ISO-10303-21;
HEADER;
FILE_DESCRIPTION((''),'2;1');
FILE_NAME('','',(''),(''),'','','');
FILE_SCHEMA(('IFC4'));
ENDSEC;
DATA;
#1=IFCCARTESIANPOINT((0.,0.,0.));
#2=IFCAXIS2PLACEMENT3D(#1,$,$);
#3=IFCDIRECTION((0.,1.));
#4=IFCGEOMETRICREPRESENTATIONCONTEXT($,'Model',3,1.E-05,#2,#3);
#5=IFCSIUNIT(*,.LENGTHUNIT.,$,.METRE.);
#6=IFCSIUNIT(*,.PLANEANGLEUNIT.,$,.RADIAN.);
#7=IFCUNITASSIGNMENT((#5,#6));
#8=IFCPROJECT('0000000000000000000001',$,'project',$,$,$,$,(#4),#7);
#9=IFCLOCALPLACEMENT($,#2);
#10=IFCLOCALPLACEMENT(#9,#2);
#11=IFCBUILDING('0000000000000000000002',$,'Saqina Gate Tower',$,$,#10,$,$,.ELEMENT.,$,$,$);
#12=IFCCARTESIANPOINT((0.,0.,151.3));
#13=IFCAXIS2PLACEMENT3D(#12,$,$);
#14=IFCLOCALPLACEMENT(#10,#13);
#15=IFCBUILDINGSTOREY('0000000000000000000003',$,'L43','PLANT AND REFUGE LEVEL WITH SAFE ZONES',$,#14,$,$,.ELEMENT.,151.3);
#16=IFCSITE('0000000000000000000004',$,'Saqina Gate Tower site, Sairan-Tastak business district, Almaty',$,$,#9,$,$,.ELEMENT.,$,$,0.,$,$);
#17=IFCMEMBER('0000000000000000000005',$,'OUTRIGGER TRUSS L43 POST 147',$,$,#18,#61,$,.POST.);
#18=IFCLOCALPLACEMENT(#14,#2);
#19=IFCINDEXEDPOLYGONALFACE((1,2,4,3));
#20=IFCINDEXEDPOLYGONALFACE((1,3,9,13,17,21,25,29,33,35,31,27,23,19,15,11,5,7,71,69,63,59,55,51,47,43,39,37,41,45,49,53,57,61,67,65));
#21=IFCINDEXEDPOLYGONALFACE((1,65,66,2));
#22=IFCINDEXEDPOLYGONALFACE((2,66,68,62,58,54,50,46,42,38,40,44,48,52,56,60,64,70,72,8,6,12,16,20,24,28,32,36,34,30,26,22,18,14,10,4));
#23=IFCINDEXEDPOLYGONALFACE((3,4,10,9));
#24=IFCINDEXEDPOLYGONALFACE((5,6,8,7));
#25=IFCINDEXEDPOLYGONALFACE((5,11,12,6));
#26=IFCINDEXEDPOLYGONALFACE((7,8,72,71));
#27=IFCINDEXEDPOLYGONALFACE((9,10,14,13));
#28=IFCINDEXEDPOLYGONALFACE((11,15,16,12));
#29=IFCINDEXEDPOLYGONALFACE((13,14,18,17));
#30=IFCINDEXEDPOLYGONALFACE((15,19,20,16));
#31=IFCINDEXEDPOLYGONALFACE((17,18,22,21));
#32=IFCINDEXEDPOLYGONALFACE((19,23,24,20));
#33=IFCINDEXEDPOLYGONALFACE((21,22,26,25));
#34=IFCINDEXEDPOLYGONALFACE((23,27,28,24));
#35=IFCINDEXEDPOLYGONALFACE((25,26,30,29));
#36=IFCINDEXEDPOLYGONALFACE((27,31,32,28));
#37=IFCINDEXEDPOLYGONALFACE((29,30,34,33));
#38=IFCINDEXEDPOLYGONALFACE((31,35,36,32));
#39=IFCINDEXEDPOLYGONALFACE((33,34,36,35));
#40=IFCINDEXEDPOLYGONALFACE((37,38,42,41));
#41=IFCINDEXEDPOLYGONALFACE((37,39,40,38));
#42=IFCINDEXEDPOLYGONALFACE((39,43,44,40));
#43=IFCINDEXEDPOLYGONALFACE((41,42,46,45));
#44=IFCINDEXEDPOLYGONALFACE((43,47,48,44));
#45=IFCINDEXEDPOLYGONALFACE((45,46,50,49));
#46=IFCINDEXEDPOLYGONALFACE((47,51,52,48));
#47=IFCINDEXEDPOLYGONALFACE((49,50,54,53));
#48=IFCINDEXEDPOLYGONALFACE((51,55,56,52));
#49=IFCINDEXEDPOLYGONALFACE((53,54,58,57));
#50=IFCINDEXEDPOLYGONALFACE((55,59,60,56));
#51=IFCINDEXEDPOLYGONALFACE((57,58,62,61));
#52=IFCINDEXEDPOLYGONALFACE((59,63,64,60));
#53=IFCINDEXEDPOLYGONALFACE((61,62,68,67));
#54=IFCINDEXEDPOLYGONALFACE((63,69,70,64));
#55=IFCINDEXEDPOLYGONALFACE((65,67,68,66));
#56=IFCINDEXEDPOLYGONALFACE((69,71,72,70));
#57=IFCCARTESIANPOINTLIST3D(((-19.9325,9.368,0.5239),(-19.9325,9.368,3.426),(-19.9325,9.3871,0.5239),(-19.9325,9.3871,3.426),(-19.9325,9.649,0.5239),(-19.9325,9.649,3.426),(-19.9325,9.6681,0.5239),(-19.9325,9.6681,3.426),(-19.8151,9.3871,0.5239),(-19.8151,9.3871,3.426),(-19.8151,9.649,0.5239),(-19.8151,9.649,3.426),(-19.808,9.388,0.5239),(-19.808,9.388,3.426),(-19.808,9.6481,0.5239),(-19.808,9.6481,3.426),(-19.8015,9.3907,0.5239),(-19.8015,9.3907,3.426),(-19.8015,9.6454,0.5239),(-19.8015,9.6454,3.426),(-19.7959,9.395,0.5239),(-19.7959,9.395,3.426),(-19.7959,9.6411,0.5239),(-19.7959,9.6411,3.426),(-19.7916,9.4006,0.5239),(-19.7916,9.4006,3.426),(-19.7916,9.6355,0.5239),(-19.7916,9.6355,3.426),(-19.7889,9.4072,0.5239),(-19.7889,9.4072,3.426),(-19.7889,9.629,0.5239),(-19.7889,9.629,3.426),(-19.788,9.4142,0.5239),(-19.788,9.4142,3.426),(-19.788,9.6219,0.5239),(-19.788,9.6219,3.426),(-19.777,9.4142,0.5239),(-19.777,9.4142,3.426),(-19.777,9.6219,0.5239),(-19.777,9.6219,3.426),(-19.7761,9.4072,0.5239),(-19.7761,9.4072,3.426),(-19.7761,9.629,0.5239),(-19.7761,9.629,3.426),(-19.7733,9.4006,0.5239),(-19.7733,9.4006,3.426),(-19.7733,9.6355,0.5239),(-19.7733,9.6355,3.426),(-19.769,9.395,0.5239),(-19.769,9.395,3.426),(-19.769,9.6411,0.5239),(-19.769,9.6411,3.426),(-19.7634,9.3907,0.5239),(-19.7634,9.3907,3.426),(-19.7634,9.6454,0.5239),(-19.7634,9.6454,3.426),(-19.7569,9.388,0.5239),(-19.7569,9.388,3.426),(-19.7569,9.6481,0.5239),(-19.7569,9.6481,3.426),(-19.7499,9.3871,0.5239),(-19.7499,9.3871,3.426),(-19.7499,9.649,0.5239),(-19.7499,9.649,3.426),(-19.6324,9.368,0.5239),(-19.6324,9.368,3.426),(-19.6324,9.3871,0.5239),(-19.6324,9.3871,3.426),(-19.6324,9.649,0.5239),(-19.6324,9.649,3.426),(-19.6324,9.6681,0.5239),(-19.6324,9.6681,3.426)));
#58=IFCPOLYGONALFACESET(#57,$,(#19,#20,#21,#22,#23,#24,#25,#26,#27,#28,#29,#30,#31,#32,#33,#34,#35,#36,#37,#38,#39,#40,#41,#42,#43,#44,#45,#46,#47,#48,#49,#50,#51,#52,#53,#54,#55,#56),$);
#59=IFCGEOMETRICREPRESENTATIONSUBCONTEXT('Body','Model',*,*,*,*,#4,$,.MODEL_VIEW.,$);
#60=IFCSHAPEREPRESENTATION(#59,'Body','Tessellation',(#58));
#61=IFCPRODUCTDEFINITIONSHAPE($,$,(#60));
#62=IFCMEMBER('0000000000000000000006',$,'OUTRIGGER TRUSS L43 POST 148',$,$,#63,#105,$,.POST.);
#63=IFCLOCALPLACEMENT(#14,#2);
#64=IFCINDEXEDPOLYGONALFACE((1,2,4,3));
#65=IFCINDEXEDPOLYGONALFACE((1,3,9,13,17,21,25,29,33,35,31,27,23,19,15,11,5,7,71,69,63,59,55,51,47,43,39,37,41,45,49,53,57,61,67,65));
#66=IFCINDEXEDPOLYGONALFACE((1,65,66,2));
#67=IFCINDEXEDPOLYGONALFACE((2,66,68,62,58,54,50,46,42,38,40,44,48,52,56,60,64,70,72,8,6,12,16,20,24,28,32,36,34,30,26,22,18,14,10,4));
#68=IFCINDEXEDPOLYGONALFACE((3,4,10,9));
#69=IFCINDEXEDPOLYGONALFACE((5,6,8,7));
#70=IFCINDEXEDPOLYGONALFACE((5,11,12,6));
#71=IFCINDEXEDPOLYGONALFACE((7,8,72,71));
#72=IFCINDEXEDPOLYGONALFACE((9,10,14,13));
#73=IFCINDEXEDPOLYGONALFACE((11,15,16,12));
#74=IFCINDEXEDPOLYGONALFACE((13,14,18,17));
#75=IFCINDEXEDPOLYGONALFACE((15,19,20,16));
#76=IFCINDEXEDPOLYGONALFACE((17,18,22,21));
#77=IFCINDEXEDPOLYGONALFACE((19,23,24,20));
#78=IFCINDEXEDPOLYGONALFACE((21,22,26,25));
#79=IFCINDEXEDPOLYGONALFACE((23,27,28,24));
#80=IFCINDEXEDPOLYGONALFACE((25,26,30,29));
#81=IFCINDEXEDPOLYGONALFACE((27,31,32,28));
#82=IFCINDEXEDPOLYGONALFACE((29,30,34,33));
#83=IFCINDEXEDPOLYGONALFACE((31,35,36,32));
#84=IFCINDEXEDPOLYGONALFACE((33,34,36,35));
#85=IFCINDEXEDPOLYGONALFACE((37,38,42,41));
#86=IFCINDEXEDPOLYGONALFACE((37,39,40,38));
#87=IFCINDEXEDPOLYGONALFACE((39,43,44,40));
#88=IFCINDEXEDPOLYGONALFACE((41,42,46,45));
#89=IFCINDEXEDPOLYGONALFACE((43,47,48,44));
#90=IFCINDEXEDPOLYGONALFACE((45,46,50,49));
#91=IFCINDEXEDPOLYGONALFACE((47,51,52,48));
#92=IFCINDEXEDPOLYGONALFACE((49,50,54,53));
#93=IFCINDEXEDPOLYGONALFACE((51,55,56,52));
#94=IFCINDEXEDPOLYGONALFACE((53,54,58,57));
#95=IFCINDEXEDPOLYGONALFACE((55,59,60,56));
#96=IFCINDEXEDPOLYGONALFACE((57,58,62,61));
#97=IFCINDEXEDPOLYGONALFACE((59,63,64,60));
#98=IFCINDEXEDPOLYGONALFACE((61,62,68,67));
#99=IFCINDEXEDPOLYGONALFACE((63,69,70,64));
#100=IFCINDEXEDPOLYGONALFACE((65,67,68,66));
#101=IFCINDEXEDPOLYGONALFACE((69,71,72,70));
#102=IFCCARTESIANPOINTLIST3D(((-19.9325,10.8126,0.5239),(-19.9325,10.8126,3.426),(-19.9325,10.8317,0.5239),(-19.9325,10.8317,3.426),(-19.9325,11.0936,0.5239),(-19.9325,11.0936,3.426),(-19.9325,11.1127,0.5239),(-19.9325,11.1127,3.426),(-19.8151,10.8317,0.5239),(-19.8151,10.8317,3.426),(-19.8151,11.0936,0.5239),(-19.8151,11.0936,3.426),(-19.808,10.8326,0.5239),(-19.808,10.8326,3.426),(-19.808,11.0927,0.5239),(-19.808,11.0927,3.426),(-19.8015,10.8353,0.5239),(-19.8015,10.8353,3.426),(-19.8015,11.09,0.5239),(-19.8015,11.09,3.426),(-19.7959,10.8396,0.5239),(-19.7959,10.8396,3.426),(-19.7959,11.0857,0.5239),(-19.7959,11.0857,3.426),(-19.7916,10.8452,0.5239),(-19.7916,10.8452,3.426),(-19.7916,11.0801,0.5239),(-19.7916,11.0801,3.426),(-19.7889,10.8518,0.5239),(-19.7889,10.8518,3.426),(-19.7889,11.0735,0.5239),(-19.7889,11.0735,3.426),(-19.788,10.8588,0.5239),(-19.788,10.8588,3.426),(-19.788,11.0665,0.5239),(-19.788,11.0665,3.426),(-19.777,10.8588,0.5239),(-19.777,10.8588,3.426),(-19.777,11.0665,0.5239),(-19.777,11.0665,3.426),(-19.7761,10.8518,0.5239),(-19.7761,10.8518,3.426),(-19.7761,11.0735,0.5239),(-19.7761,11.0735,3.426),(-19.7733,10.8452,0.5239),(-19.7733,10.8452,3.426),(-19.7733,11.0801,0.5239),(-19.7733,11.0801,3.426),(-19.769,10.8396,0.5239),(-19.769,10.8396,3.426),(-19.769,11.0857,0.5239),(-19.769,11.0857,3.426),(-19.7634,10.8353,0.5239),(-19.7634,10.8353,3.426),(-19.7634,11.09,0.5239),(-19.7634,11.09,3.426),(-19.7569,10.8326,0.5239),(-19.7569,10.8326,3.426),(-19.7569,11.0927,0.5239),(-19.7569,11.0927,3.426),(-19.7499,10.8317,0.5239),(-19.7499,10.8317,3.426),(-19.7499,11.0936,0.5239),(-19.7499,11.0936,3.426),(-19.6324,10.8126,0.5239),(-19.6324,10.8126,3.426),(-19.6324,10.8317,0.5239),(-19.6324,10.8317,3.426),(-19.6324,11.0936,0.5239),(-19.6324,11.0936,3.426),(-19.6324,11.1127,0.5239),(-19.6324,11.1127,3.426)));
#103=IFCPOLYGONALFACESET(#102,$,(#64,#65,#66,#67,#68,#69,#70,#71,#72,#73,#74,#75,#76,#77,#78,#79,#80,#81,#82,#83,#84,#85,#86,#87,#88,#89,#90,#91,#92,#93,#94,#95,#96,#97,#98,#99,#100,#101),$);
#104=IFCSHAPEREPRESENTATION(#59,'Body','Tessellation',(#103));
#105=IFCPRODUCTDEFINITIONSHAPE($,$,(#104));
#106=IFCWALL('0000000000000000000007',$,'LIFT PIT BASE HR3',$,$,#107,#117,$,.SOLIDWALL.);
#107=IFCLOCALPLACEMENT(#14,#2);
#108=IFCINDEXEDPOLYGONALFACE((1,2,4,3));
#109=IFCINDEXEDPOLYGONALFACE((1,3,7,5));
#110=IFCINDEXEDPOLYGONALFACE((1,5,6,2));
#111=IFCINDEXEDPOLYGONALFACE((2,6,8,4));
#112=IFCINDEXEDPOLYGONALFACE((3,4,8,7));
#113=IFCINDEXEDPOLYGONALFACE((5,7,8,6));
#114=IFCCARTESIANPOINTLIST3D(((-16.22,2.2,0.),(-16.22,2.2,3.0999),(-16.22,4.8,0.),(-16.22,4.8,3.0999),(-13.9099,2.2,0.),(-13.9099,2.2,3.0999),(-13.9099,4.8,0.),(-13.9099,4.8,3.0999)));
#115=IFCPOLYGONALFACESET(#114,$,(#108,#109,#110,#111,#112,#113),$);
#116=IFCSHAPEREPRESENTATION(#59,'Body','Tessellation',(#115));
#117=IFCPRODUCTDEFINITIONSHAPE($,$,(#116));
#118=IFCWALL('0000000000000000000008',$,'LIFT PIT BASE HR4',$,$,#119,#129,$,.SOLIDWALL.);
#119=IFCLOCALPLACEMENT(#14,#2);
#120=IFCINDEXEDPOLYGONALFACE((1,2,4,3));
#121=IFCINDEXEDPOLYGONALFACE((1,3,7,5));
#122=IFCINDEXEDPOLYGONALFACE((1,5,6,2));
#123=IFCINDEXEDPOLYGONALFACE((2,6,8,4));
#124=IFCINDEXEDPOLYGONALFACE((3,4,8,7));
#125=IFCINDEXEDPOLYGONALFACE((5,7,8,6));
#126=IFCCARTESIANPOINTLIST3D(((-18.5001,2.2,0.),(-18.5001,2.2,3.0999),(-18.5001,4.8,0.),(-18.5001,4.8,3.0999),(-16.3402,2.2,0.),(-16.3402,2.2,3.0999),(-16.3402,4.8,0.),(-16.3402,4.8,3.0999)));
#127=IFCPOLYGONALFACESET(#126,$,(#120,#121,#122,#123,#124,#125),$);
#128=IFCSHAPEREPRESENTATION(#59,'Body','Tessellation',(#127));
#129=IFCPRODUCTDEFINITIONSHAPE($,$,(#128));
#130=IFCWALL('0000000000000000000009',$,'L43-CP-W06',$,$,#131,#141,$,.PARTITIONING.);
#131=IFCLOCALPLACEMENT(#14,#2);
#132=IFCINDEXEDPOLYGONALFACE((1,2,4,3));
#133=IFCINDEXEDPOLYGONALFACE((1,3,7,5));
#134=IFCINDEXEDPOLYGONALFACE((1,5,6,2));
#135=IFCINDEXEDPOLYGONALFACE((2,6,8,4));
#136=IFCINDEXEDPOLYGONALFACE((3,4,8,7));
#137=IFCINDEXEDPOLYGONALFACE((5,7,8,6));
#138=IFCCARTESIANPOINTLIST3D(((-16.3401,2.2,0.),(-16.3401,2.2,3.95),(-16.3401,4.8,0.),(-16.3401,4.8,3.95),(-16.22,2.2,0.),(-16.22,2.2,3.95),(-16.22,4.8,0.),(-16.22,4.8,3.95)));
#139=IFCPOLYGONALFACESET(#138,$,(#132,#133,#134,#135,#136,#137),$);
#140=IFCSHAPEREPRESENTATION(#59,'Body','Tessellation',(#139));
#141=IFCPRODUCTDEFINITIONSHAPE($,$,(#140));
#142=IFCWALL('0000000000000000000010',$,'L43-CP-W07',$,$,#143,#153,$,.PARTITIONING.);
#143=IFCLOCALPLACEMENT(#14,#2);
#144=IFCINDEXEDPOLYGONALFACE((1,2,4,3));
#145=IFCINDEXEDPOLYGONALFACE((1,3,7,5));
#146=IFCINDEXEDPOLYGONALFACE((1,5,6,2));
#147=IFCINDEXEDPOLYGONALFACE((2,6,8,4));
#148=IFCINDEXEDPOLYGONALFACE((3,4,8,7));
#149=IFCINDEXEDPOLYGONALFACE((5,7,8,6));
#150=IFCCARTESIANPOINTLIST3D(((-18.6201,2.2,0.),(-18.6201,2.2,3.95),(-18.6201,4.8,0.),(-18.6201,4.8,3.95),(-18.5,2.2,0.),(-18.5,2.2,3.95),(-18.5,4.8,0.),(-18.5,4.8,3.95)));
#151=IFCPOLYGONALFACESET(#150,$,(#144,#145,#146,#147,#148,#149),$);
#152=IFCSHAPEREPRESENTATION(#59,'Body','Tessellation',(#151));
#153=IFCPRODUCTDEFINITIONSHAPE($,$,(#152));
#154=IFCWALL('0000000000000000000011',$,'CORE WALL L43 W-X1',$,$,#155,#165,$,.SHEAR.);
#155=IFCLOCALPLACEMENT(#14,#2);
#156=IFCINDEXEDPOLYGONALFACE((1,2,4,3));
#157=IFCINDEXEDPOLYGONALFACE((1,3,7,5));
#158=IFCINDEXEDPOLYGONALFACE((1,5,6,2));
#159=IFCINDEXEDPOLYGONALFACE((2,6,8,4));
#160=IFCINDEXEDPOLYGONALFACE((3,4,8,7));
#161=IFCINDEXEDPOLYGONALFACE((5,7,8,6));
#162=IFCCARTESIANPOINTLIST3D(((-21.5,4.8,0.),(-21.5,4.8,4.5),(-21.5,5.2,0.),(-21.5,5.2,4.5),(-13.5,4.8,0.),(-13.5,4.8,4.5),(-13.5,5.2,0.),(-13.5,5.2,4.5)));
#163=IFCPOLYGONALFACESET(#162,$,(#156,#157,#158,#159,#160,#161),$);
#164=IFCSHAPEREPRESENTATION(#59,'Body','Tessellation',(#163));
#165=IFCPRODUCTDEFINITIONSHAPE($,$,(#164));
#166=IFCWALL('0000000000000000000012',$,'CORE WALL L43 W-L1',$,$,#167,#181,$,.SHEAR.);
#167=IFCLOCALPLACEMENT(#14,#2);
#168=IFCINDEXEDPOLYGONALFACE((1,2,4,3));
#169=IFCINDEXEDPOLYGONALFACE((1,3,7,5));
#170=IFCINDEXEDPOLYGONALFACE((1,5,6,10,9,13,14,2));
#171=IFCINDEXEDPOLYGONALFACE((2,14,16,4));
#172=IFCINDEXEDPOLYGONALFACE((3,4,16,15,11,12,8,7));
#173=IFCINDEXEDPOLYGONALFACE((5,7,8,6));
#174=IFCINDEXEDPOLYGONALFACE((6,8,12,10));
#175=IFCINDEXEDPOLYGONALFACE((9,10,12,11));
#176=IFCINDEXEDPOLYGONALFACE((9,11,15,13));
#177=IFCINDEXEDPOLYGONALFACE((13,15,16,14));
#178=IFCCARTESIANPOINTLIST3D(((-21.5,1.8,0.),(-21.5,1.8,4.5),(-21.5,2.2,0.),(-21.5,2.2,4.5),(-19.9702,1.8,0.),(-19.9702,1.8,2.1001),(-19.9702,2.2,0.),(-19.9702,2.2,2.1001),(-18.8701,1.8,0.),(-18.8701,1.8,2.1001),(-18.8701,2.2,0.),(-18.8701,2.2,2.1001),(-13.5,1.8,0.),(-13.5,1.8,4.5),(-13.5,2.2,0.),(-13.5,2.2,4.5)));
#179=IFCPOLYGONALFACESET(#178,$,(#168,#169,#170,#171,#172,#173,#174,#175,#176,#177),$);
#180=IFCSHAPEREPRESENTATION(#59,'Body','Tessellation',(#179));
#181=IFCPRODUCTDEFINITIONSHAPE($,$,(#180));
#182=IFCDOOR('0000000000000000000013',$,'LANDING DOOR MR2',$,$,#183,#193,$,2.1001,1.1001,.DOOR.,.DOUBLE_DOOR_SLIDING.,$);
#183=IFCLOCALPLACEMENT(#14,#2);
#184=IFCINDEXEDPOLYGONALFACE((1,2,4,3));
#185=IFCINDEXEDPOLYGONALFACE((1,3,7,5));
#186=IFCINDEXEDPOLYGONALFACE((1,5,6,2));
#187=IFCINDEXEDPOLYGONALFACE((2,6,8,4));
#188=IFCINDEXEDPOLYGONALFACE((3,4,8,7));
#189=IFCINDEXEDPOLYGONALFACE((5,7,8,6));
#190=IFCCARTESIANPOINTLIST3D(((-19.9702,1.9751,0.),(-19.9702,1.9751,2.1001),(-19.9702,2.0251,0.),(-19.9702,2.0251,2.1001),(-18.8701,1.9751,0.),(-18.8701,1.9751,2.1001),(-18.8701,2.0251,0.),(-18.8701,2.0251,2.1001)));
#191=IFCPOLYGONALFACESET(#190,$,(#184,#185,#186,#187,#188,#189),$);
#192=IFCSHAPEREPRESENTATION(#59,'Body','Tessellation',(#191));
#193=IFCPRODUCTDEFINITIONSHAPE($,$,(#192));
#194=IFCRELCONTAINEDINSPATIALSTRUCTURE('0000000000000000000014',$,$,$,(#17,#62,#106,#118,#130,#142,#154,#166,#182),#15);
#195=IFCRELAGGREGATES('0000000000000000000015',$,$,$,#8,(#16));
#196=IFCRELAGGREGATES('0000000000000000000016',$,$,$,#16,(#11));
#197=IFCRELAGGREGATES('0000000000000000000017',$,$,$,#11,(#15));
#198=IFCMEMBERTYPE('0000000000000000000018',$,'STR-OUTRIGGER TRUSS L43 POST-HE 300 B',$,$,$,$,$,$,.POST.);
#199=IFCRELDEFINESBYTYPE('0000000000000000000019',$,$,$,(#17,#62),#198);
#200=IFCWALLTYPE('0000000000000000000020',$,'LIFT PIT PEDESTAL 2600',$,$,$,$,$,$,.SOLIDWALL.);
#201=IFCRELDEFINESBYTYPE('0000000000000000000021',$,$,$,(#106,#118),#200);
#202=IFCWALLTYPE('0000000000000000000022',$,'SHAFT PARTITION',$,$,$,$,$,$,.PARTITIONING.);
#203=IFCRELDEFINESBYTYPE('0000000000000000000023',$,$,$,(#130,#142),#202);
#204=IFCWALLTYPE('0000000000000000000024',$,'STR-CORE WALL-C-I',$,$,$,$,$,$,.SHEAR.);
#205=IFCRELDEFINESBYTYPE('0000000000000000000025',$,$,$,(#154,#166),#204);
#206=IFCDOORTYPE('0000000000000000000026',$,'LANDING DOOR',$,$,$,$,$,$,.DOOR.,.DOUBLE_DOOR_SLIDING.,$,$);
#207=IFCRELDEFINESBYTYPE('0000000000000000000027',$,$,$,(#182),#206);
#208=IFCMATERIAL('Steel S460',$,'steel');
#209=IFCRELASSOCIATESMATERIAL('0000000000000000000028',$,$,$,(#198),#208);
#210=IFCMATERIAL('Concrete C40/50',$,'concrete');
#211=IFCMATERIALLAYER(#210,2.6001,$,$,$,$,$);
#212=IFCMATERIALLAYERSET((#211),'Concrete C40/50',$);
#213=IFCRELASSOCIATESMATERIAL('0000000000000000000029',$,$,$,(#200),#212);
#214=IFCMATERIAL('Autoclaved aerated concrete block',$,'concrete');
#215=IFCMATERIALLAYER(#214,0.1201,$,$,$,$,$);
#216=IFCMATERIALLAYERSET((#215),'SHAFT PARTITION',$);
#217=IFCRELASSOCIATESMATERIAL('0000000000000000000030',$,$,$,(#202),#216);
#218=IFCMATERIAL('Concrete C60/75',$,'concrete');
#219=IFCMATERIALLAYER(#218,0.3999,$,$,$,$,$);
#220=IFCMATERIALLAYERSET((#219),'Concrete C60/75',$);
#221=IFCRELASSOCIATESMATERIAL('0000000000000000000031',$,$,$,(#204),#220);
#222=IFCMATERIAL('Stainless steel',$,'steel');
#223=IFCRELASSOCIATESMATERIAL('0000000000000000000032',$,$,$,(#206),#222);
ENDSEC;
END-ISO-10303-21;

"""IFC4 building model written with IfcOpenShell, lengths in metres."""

from ifc_helpers import new_model, si_unit, direction, frame, frame_2d, origin, origin_2d, place, context, subcontext, project, spatial, rectangle, i_section, extrude, material, layer, layer_set, material_profile, profile_set, type_object, element, fill, save


model = new_model("IFC4")

# Units and contexts
model_context = context("Model", 3, precision=1e-05, world=origin(), true_north=direction((0.0, 1.0)))
body_context = subcontext(model_context, "Body", "Model", "MODEL_VIEW")
ifc_project = project(units=[si_unit("LENGTHUNIT", "METRE"), si_unit("PLANEANGLEUNIT", "RADIAN")], contexts=[model_context])

# Site, building, storey
site_placement = place(None, origin())
site = spatial("IfcSite", under=ifc_project, at=site_placement, Name="Saqina Gate Tower site, Sairan-Tastak business district, Almaty", CompositionType="ELEMENT", RefElevation=0.0)
building_placement = place(site_placement, origin())
building = spatial("IfcBuilding", under=site, at=building_placement, Name="Saqina Gate Tower", CompositionType="ELEMENT")
storey_placement = place(building_placement, frame((0.0, 0.0, 151.3)))
storey = spatial("IfcBuildingStorey", under=building, at=storey_placement, Name="L43", Description="PLANT AND REFUGE LEVEL WITH SAFE ZONES", CompositionType="ELEMENT", Elevation=151.3)

# Members
ifc_material_1 = material(Name="Steel S460", Category="steel")
ifc_material_profile_1 = material_profile(ifc_material_1, i_section(OverallWidth=0.3, OverallDepth=0.3, WebThickness=0.011, FlangeThickness=0.019, FilletRadius=0.0271, at=origin_2d()), Name="HE 300 B")
ifc_profile_set_1 = profile_set([ifc_material_profile_1], Name="Steel S460")
member_type_1 = type_object("IfcMemberType", Name="STR-OUTRIGGER TRUSS L43 POST-HE 300 B", PredefinedType="POST", material=ifc_profile_set_1)
for number, where, z_axis, x_axis, name in (
    (1, (-19.7825, 9.5181, 0.5239), (0.0, 0.0, 1.0), (1.0, 0.0, 0.0), "OUTRIGGER TRUSS L43 POST 147"),
    (2, (-19.7825, 10.9626, 0.5239), (0.0, 0.0, 1.0), (1.0, 0.0, 0.0), "OUTRIGGER TRUSS L43 POST 148"),
):
    element("IfcMember", number, at=place(storey_placement, frame(where, z_axis=z_axis, x_axis=x_axis)), inside=storey, type_object=member_type_1, Name=name, PredefinedType="POST", context=body_context, shape_type="SweptSolid", body=[
        extrude(i_section(OverallWidth=0.3, OverallDepth=0.3, WebThickness=0.011, FlangeThickness=0.019, FilletRadius=0.0271, at=origin_2d()), origin(), (0.0, 0.0, 1.0), 2.9021),
    ])

# Walls
ifc_material_2 = material(Name="Concrete C40/50", Category="concrete")
ifc_layer_1 = layer(ifc_material_2, 2.6001)
ifc_layer_set_1 = layer_set([ifc_layer_1], Name="Concrete C40/50")
wall_type_1 = type_object("IfcWallType", Name="LIFT PIT PEDESTAL 2600", PredefinedType="SOLIDWALL", material=ifc_layer_set_1)
wall_1_placement = place(storey_placement, frame((-13.9099, 3.5, 0.0), z_axis=(0.0, 0.0, 1.0), x_axis=(-1.0, 0.0, 0.0)))
element("IfcWall", 3, at=wall_1_placement, inside=storey, type_object=wall_type_1, Name="LIFT PIT BASE HR3", PredefinedType="SOLIDWALL", context=body_context, shape_type="SweptSolid", body=[
    extrude(rectangle(XDim=2.3101, YDim=2.6001, at=frame_2d((1.155, 0.0))), origin(), (0.0, 0.0, 1.0), 3.0999),
])
wall_2_placement = place(storey_placement, frame((-16.3401, 3.5, 0.0), z_axis=(0.0, 0.0, 1.0), x_axis=(-1.0, 0.0, 0.0)))
element("IfcWall", 4, at=wall_2_placement, inside=storey, type_object=wall_type_1, Name="LIFT PIT BASE HR4", PredefinedType="SOLIDWALL", context=body_context, shape_type="SweptSolid", body=[
    extrude(rectangle(XDim=2.1599, YDim=2.6001, at=frame_2d((1.0801, 0.0))), origin(), (0.0, 0.0, 1.0), 3.0999),
])
ifc_material_3 = material(Name="Autoclaved aerated concrete block", Category="concrete")
ifc_layer_2 = layer(ifc_material_3, 0.1201)
ifc_layer_set_2 = layer_set([ifc_layer_2], Name="SHAFT PARTITION")
wall_type_2 = type_object("IfcWallType", Name="SHAFT PARTITION", PredefinedType="PARTITIONING", material=ifc_layer_set_2)
for number, where, z_axis, x_axis, name in (
    (5, (-16.28, 2.2, 0.0), (0.0, 0.0, 1.0), (0.0, 1.0, 0.0), "L43-CP-W06"),
    (6, (-18.5601, 2.2, 0.0), (0.0, 0.0, 1.0), (0.0, 1.0, 0.0), "L43-CP-W07"),
):
    element("IfcWall", number, at=place(storey_placement, frame(where, z_axis=z_axis, x_axis=x_axis)), inside=storey, type_object=wall_type_2, Name=name, PredefinedType="PARTITIONING", context=body_context, shape_type="SweptSolid", body=[
        extrude(rectangle(XDim=2.6001, YDim=0.1201, at=frame_2d((1.3, 0.0))), origin(), (0.0, 0.0, 1.0), 3.95),
    ])
ifc_material_4 = material(Name="Concrete C60/75", Category="concrete")
ifc_layer_3 = layer(ifc_material_4, 0.3999)
ifc_layer_set_3 = layer_set([ifc_layer_3], Name="Concrete C60/75")
wall_type_3 = type_object("IfcWallType", Name="STR-CORE WALL-C-I", PredefinedType="SHEAR", material=ifc_layer_set_3)
wall_3_placement = place(storey_placement, frame((-13.5, 5.0, 0.0), z_axis=(0.0, 0.0, 1.0), x_axis=(-1.0, 0.0, 0.0)))
element("IfcWall", 7, at=wall_3_placement, inside=storey, type_object=wall_type_3, Name="CORE WALL L43 W-X1", PredefinedType="SHEAR", context=body_context, shape_type="SweptSolid", body=[
    extrude(rectangle(XDim=8.0, YDim=0.3999, at=frame_2d((4.0, 0.0))), origin(), (0.0, 0.0, 1.0), 4.5),
])

# Wall, opening, door
wall_4_placement = place(storey_placement, frame((-13.5, 2.0, 0.0), z_axis=(0.0, 0.0, 1.0), x_axis=(-1.0, 0.0, 0.0)))
wall_4 = element("IfcWall", 8, at=wall_4_placement, inside=storey, type_object=wall_type_3, Name="CORE WALL L43 W-L1", PredefinedType="SHEAR", context=body_context, shape_type="SweptSolid", body=[
    extrude(rectangle(XDim=8.0, YDim=0.3999, at=frame_2d((4.0, 0.0))), origin(), (0.0, 0.0, 1.0), 4.5),
])
opening_placement = place(wall_4_placement, frame((5.3701, 0.0, 0.0)))
opening = element("IfcOpeningElement", 9, at=opening_placement, cuts=wall_4, PredefinedType="OPENING", context=body_context, shape_type="SweptSolid", body=[
    extrude(rectangle(XDim=1.1001, YDim=2.1001, at=frame_2d((0.55, 1.05))), frame((0.0, 0.2119, 0.0), z_axis=(0.0, -1.0, 0.0), x_axis=(1.0, 0.0, 0.0)), (0.0, 0.0, 1.0), 0.4238),
])
ifc_material_5 = material(Name="Stainless steel", Category="steel")
door_type = type_object("IfcDoorType", Name="LANDING DOOR", OperationType="DOUBLE_DOOR_SLIDING", PredefinedType="DOOR", material=ifc_material_5)
door_placement = place(opening_placement, origin())
door = element("IfcDoor", 10, at=door_placement, inside=storey, type_object=door_type, Name="LANDING DOOR MR2", OperationType="DOUBLE_DOOR_SLIDING", OverallHeight=2.1001, OverallWidth=1.1001, PredefinedType="DOOR", context=body_context, shape_type="SweptSolid", body=[
    extrude(rectangle(XDim=1.1001, YDim=2.1001, at=frame_2d((0.55, 1.05))), frame((0.0, 0.0249, 0.0), z_axis=(0.0, -1.0, 0.0), x_axis=(1.0, 0.0, 0.0)), (0.0, 0.0, 1.0), 0.05),
])
fill(opening, door)

save(model, "model.ifc")
